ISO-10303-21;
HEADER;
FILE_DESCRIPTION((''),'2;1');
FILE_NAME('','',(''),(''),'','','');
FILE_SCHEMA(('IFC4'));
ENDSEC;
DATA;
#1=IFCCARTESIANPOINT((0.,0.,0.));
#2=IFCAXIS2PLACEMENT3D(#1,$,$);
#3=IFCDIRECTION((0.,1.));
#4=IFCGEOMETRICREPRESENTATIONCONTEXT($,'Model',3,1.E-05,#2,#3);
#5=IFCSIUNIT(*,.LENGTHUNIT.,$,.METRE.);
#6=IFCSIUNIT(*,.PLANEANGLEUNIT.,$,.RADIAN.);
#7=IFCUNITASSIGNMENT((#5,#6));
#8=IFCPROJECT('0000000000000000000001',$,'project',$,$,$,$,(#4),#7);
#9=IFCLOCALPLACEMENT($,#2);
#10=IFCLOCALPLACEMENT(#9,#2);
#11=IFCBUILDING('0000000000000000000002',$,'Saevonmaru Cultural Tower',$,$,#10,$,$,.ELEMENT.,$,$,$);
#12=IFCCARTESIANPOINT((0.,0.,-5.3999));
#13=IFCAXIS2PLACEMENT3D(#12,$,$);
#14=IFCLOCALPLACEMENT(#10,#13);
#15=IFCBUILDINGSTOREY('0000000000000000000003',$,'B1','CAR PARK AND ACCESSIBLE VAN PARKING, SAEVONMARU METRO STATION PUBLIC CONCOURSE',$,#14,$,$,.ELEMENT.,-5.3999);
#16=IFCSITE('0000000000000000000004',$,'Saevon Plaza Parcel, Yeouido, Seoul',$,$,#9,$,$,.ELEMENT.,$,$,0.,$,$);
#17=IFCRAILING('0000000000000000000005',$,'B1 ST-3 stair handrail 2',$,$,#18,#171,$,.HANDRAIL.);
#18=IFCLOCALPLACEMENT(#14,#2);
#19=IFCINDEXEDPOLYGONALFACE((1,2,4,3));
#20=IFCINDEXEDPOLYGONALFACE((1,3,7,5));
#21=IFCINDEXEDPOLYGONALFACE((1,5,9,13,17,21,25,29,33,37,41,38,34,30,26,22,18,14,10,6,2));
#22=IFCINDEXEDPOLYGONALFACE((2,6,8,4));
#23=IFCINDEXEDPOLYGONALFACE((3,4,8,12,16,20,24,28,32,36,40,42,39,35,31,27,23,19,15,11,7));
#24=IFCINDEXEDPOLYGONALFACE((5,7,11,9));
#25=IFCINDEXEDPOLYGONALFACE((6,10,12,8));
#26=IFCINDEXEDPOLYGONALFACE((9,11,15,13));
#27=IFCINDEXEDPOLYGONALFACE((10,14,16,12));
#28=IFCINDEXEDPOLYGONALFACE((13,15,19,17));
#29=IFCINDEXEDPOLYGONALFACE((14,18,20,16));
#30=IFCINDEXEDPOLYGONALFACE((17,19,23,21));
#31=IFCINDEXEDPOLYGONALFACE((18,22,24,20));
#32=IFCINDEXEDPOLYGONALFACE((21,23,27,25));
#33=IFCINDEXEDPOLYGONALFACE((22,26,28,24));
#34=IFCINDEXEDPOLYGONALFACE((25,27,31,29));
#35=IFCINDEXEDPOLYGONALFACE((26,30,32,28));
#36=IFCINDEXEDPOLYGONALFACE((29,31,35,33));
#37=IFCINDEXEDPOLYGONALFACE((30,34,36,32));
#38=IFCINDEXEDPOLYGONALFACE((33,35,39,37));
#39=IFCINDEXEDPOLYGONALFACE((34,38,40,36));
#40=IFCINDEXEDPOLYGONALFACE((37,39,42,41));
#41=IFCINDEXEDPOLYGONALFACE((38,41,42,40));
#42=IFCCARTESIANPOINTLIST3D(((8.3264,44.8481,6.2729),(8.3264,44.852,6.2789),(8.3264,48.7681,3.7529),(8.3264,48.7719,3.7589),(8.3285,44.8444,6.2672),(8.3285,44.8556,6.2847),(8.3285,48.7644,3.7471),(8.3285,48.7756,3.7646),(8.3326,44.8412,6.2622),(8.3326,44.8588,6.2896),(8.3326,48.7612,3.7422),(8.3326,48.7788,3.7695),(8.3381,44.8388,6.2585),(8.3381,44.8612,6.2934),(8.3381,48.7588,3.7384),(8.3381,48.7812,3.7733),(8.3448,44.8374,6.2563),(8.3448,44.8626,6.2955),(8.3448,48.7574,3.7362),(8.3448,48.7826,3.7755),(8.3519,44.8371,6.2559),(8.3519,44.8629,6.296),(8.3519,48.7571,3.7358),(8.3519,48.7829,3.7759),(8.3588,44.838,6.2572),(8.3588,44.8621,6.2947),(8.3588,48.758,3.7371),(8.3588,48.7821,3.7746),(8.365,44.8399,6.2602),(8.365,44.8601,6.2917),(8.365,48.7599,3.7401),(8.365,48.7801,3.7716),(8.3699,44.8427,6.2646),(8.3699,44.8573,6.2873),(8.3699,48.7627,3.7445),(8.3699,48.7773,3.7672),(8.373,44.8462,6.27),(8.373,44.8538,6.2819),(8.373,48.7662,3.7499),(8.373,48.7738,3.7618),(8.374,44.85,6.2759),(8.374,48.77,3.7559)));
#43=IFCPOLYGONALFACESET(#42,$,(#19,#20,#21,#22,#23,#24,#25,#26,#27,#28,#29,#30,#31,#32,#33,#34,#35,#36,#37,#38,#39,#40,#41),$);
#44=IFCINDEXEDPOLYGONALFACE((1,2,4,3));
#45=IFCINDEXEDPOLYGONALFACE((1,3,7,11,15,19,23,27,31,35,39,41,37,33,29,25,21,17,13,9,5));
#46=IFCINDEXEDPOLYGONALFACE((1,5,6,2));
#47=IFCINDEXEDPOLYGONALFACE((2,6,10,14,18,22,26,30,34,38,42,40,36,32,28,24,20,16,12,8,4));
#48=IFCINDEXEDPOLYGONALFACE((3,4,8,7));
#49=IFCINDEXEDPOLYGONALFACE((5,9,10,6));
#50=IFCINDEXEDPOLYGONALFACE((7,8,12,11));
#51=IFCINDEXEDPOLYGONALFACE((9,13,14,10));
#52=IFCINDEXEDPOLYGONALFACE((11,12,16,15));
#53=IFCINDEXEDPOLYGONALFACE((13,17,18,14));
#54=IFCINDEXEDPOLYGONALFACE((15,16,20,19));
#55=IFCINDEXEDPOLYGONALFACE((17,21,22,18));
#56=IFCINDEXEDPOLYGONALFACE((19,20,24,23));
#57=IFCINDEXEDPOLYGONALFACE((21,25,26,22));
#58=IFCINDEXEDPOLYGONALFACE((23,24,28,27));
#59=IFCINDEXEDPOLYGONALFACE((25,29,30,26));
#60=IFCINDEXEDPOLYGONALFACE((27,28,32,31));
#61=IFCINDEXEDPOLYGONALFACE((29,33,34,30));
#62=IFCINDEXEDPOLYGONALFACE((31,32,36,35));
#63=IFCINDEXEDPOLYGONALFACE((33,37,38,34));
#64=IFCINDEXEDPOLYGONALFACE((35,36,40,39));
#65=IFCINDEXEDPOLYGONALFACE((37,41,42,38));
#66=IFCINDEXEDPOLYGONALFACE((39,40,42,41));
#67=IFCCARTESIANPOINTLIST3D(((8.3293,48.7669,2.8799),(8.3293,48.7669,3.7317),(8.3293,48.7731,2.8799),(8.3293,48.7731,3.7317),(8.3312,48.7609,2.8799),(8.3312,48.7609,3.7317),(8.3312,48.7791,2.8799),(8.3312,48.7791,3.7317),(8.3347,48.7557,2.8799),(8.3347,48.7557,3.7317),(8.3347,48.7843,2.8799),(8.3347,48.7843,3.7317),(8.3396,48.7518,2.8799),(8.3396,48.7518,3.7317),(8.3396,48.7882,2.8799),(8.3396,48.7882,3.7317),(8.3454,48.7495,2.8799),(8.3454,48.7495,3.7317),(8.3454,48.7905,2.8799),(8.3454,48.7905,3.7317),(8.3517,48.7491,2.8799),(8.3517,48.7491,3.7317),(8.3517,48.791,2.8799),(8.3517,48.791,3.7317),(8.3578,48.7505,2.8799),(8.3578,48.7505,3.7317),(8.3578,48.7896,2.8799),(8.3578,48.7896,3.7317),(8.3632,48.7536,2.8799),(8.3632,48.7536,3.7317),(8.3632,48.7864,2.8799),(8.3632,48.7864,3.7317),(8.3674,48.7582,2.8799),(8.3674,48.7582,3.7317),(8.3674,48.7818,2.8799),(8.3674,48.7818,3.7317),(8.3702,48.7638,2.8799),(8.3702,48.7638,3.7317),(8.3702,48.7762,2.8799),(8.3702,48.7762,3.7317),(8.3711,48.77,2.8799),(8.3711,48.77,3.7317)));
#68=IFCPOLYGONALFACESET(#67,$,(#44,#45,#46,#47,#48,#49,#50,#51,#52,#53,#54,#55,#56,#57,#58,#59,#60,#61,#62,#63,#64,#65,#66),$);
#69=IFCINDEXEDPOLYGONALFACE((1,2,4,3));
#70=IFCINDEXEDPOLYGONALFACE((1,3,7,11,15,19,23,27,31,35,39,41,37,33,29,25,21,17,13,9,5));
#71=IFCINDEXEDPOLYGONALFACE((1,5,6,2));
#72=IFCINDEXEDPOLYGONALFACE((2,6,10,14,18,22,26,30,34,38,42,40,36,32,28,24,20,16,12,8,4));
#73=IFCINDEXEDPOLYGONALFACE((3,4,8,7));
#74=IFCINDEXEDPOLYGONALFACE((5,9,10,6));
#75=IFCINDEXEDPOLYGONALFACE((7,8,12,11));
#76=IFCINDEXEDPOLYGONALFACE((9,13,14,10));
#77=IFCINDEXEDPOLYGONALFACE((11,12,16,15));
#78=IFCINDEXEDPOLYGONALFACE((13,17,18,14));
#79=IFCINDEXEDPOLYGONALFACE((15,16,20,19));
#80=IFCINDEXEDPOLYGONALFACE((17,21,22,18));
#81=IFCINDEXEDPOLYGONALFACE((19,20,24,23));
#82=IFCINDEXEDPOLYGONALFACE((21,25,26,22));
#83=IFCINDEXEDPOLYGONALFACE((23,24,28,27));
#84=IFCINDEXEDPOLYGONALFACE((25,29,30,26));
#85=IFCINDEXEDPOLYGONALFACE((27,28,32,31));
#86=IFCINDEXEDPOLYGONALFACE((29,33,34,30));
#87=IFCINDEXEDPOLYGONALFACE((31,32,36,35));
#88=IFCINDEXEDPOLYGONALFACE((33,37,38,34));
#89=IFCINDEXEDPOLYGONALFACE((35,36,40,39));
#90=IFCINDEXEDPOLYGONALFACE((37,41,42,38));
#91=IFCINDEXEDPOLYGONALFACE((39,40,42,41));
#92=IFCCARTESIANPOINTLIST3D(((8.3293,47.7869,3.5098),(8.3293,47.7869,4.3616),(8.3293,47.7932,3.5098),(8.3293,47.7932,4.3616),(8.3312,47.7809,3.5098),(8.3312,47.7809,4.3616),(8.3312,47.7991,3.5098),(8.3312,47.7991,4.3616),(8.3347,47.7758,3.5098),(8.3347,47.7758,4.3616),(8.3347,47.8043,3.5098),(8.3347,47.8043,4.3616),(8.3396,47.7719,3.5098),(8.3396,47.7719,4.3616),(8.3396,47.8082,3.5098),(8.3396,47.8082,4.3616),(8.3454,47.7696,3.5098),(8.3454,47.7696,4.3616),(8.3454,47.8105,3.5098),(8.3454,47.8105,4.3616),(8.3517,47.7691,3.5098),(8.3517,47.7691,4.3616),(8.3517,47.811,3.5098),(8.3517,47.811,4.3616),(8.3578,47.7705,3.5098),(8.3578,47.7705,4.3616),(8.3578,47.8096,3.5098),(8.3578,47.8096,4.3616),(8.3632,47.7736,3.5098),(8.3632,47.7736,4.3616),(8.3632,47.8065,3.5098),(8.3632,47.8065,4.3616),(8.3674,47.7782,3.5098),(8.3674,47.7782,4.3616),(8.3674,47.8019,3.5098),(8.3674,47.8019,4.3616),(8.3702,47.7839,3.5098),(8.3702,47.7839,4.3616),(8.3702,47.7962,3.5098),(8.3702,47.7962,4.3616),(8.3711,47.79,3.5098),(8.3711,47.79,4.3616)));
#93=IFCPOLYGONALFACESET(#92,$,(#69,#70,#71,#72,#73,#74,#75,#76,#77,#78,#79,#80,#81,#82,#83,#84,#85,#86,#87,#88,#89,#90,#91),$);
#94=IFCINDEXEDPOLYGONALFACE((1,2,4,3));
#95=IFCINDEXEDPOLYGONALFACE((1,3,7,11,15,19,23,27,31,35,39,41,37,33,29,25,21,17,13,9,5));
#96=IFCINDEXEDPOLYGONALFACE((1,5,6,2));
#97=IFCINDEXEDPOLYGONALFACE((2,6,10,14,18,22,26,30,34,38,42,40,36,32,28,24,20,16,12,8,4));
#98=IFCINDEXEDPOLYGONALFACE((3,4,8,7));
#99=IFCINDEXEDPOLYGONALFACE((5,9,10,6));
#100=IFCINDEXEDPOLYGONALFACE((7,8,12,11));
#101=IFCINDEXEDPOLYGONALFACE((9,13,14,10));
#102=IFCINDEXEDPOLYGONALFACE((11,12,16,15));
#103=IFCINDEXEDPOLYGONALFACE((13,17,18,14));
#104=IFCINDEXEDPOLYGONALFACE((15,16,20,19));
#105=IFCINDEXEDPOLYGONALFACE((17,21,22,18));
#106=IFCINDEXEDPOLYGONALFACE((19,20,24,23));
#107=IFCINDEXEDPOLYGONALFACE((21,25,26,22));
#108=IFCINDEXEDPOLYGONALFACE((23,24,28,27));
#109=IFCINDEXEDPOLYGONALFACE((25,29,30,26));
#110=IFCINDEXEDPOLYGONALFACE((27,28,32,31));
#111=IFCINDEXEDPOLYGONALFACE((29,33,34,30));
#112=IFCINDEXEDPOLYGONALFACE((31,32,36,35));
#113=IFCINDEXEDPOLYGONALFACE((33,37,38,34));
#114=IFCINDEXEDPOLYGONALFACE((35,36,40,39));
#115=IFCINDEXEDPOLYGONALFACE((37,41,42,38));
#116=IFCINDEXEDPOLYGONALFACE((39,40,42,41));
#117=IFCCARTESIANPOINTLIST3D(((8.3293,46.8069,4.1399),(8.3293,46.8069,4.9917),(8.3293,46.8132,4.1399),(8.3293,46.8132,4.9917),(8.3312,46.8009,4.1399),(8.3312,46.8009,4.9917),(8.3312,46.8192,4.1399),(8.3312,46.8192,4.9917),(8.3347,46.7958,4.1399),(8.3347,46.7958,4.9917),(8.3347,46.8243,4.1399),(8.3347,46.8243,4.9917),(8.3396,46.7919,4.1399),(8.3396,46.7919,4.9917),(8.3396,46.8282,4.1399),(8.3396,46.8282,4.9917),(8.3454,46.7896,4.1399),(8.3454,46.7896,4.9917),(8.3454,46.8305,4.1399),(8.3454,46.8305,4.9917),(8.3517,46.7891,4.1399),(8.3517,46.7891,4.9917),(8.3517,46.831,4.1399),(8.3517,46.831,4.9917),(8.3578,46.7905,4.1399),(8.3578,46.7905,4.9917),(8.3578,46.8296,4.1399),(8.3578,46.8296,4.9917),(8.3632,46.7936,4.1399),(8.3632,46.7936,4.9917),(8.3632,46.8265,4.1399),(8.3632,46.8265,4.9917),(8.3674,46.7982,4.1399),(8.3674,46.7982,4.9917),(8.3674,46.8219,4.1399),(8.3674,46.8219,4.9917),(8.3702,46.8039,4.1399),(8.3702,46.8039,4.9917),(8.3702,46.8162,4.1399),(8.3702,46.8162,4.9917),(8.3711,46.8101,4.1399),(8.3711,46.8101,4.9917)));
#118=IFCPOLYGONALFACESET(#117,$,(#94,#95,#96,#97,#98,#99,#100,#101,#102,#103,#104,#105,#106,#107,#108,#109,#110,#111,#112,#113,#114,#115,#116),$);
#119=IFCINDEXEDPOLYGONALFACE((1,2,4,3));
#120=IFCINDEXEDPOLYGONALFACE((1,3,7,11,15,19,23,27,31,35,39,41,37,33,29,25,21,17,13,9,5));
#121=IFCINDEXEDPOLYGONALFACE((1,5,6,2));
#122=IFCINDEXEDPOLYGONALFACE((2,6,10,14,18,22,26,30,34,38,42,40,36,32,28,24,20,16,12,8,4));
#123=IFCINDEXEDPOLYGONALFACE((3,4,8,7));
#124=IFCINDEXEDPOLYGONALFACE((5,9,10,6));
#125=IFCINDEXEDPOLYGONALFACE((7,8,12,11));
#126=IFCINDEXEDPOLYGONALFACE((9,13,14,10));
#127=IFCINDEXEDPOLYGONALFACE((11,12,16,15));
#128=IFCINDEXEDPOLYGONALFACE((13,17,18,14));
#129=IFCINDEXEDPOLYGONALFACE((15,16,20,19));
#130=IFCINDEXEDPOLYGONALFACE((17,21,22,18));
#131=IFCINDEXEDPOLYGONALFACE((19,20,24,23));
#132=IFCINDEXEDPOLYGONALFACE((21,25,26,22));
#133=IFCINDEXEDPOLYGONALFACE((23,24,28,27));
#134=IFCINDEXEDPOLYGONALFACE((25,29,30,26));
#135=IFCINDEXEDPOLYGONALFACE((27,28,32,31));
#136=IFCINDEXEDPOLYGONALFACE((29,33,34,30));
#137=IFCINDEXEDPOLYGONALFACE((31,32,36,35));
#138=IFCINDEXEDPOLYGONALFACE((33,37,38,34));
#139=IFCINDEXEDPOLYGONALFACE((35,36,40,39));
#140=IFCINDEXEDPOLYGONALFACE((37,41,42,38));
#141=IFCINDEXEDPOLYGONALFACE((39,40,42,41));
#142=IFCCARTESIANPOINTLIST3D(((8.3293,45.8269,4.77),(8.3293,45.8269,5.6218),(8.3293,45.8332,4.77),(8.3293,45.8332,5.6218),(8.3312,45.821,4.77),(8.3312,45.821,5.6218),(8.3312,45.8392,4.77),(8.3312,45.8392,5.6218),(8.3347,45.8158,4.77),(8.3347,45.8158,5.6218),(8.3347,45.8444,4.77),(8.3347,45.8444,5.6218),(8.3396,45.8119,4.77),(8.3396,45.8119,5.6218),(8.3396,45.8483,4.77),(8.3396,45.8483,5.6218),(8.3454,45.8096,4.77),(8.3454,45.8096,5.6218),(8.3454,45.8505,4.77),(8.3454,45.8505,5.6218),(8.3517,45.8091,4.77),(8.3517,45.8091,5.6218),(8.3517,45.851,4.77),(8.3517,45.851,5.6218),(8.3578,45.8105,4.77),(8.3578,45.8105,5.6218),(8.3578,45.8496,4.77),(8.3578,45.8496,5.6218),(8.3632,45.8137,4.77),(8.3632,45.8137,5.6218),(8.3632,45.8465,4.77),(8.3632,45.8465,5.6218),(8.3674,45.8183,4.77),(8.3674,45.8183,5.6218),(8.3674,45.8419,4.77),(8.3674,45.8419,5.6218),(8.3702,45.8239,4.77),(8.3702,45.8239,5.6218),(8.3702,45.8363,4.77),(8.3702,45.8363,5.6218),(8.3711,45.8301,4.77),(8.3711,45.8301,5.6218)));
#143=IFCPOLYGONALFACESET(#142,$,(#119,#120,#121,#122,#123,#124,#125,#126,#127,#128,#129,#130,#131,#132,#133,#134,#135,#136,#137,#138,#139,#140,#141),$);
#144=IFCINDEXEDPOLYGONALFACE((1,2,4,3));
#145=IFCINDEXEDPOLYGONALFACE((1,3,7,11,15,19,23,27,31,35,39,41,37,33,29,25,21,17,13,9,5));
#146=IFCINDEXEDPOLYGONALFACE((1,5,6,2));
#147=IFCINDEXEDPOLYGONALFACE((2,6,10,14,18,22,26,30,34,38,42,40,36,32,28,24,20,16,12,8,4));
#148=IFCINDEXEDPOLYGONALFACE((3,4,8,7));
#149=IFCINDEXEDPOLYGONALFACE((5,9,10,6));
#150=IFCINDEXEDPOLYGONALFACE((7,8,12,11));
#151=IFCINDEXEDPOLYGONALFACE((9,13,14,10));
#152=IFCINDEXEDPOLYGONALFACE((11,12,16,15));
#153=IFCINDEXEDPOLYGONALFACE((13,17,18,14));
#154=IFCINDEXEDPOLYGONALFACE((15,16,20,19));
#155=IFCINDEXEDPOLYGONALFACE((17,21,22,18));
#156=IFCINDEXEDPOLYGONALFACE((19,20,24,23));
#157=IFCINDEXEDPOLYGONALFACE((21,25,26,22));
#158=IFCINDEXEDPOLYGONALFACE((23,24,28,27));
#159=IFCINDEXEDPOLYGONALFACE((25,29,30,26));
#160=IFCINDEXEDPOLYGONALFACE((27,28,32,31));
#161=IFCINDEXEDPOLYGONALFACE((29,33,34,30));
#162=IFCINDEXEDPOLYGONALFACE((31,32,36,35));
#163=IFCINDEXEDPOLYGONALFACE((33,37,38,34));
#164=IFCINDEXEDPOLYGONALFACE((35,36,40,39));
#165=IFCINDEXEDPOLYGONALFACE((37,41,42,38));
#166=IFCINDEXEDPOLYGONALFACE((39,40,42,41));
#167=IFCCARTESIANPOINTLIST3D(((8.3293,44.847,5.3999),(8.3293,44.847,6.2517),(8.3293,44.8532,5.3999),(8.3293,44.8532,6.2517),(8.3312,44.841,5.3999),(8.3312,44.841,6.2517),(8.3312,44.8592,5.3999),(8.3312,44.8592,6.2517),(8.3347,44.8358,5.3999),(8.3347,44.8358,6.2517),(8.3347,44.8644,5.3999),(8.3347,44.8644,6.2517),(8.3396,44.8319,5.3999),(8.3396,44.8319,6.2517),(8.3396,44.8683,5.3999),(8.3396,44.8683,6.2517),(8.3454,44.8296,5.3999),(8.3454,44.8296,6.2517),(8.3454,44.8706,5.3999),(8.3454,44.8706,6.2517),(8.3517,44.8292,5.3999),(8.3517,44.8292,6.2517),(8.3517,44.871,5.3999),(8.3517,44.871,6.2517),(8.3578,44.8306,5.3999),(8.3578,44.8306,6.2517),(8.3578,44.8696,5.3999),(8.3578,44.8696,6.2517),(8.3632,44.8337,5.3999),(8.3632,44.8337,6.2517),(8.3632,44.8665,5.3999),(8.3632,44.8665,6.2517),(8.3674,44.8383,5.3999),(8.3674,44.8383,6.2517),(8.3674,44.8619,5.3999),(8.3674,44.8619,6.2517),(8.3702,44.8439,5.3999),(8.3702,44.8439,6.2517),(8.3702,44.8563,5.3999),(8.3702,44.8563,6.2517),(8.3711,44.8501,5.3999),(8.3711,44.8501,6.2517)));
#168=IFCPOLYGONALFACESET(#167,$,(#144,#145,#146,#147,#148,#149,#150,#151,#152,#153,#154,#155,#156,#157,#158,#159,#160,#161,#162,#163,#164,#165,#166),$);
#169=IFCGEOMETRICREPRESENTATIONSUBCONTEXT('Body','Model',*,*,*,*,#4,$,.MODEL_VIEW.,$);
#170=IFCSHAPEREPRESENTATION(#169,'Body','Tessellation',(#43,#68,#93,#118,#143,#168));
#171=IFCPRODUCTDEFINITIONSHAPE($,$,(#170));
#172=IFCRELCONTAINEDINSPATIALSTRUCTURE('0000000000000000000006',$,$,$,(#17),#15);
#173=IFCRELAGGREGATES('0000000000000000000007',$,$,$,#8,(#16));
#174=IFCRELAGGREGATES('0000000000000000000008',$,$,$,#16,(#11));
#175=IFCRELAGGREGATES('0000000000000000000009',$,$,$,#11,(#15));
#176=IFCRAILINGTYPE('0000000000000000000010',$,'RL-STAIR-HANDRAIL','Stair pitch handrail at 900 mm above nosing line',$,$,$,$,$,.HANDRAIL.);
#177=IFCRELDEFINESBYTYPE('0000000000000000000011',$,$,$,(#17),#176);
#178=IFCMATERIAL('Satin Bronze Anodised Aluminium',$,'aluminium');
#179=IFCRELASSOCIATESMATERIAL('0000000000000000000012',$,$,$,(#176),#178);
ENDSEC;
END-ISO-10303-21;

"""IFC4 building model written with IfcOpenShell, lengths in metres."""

from ifc_helpers import new_model, si_unit, direction, frame, origin, origin_2d, place, context, subcontext, project, spatial, circle, extrude, material, type_object, element, save


model = new_model("IFC4")

# Units and contexts
model_context = context("Model", 3, precision=1e-05, world=origin(), true_north=direction((0.0, 1.0)))
body_context = subcontext(model_context, "Body", "Model", "MODEL_VIEW")
ifc_project = project(units=[si_unit("LENGTHUNIT", "METRE"), si_unit("PLANEANGLEUNIT", "RADIAN")], contexts=[model_context])

# Site, building, storey
site_placement = place(None, origin())
site = spatial("IfcSite", under=ifc_project, at=site_placement, Name="Saevon Plaza Parcel, Yeouido, Seoul", CompositionType="ELEMENT", RefElevation=0.0)
building_placement = place(site_placement, origin())
building = spatial("IfcBuilding", under=site, at=building_placement, Name="Saevonmaru Cultural Tower", CompositionType="ELEMENT")
storey_placement = place(building_placement, frame((0.0, 0.0, -5.3999)))
storey = spatial("IfcBuildingStorey", under=building, at=storey_placement, Name="B1", Description="CAR PARK AND ACCESSIBLE VAN PARKING, SAEVONMARU METRO STATION PUBLIC CONCOURSE", CompositionType="ELEMENT", Elevation=-5.3999)

# Shared definitions
ifc_material_1 = material(Name="Satin Bronze Anodised Aluminium", Category="aluminium")

# Railing
railing_type_1 = type_object("IfcRailingType", Name="RL-STAIR-HANDRAIL", Description="Stair pitch handrail at 900 mm above nosing line", PredefinedType="HANDRAIL", material=ifc_material_1)
railing_1_placement = place(storey_placement, frame((8.3501, 48.77, 2.8799)))
element("IfcRailing", 1, at=railing_1_placement, inside=storey, type_object=railing_type_1, Name="B1 ST-3 stair handrail 2", PredefinedType="HANDRAIL", context=body_context, shape_type="SweptSolid", body=[
    extrude(circle(Radius=0.0239, at=origin_2d()), frame((0.0, 0.0, 0.876), z_axis=(0.0, -0.841172, 0.540768), x_axis=(1.0, 0.0, 0.0)), (0.0, 0.0, 1.0), 4.6602),
    extrude(circle(Radius=0.021, at=origin_2d()), origin(), (0.0, 0.0, 1.0), 0.8518),
    extrude(circle(Radius=0.021, at=origin_2d()), frame((0.0, -0.98, 0.6299)), (0.0, 0.0, 1.0), 0.8518),
    extrude(circle(Radius=0.021, at=origin_2d()), frame((0.0, -1.96, 1.26)), (0.0, 0.0, 1.0), 0.8518),
    extrude(circle(Radius=0.021, at=origin_2d()), frame((0.0, -2.9399, 1.8901)), (0.0, 0.0, 1.0), 0.8518),
    extrude(circle(Radius=0.021, at=origin_2d()), frame((0.0, -3.9199, 2.52)), (0.0, 0.0, 1.0), 0.8518),
])

save(model, "model.ifc")
